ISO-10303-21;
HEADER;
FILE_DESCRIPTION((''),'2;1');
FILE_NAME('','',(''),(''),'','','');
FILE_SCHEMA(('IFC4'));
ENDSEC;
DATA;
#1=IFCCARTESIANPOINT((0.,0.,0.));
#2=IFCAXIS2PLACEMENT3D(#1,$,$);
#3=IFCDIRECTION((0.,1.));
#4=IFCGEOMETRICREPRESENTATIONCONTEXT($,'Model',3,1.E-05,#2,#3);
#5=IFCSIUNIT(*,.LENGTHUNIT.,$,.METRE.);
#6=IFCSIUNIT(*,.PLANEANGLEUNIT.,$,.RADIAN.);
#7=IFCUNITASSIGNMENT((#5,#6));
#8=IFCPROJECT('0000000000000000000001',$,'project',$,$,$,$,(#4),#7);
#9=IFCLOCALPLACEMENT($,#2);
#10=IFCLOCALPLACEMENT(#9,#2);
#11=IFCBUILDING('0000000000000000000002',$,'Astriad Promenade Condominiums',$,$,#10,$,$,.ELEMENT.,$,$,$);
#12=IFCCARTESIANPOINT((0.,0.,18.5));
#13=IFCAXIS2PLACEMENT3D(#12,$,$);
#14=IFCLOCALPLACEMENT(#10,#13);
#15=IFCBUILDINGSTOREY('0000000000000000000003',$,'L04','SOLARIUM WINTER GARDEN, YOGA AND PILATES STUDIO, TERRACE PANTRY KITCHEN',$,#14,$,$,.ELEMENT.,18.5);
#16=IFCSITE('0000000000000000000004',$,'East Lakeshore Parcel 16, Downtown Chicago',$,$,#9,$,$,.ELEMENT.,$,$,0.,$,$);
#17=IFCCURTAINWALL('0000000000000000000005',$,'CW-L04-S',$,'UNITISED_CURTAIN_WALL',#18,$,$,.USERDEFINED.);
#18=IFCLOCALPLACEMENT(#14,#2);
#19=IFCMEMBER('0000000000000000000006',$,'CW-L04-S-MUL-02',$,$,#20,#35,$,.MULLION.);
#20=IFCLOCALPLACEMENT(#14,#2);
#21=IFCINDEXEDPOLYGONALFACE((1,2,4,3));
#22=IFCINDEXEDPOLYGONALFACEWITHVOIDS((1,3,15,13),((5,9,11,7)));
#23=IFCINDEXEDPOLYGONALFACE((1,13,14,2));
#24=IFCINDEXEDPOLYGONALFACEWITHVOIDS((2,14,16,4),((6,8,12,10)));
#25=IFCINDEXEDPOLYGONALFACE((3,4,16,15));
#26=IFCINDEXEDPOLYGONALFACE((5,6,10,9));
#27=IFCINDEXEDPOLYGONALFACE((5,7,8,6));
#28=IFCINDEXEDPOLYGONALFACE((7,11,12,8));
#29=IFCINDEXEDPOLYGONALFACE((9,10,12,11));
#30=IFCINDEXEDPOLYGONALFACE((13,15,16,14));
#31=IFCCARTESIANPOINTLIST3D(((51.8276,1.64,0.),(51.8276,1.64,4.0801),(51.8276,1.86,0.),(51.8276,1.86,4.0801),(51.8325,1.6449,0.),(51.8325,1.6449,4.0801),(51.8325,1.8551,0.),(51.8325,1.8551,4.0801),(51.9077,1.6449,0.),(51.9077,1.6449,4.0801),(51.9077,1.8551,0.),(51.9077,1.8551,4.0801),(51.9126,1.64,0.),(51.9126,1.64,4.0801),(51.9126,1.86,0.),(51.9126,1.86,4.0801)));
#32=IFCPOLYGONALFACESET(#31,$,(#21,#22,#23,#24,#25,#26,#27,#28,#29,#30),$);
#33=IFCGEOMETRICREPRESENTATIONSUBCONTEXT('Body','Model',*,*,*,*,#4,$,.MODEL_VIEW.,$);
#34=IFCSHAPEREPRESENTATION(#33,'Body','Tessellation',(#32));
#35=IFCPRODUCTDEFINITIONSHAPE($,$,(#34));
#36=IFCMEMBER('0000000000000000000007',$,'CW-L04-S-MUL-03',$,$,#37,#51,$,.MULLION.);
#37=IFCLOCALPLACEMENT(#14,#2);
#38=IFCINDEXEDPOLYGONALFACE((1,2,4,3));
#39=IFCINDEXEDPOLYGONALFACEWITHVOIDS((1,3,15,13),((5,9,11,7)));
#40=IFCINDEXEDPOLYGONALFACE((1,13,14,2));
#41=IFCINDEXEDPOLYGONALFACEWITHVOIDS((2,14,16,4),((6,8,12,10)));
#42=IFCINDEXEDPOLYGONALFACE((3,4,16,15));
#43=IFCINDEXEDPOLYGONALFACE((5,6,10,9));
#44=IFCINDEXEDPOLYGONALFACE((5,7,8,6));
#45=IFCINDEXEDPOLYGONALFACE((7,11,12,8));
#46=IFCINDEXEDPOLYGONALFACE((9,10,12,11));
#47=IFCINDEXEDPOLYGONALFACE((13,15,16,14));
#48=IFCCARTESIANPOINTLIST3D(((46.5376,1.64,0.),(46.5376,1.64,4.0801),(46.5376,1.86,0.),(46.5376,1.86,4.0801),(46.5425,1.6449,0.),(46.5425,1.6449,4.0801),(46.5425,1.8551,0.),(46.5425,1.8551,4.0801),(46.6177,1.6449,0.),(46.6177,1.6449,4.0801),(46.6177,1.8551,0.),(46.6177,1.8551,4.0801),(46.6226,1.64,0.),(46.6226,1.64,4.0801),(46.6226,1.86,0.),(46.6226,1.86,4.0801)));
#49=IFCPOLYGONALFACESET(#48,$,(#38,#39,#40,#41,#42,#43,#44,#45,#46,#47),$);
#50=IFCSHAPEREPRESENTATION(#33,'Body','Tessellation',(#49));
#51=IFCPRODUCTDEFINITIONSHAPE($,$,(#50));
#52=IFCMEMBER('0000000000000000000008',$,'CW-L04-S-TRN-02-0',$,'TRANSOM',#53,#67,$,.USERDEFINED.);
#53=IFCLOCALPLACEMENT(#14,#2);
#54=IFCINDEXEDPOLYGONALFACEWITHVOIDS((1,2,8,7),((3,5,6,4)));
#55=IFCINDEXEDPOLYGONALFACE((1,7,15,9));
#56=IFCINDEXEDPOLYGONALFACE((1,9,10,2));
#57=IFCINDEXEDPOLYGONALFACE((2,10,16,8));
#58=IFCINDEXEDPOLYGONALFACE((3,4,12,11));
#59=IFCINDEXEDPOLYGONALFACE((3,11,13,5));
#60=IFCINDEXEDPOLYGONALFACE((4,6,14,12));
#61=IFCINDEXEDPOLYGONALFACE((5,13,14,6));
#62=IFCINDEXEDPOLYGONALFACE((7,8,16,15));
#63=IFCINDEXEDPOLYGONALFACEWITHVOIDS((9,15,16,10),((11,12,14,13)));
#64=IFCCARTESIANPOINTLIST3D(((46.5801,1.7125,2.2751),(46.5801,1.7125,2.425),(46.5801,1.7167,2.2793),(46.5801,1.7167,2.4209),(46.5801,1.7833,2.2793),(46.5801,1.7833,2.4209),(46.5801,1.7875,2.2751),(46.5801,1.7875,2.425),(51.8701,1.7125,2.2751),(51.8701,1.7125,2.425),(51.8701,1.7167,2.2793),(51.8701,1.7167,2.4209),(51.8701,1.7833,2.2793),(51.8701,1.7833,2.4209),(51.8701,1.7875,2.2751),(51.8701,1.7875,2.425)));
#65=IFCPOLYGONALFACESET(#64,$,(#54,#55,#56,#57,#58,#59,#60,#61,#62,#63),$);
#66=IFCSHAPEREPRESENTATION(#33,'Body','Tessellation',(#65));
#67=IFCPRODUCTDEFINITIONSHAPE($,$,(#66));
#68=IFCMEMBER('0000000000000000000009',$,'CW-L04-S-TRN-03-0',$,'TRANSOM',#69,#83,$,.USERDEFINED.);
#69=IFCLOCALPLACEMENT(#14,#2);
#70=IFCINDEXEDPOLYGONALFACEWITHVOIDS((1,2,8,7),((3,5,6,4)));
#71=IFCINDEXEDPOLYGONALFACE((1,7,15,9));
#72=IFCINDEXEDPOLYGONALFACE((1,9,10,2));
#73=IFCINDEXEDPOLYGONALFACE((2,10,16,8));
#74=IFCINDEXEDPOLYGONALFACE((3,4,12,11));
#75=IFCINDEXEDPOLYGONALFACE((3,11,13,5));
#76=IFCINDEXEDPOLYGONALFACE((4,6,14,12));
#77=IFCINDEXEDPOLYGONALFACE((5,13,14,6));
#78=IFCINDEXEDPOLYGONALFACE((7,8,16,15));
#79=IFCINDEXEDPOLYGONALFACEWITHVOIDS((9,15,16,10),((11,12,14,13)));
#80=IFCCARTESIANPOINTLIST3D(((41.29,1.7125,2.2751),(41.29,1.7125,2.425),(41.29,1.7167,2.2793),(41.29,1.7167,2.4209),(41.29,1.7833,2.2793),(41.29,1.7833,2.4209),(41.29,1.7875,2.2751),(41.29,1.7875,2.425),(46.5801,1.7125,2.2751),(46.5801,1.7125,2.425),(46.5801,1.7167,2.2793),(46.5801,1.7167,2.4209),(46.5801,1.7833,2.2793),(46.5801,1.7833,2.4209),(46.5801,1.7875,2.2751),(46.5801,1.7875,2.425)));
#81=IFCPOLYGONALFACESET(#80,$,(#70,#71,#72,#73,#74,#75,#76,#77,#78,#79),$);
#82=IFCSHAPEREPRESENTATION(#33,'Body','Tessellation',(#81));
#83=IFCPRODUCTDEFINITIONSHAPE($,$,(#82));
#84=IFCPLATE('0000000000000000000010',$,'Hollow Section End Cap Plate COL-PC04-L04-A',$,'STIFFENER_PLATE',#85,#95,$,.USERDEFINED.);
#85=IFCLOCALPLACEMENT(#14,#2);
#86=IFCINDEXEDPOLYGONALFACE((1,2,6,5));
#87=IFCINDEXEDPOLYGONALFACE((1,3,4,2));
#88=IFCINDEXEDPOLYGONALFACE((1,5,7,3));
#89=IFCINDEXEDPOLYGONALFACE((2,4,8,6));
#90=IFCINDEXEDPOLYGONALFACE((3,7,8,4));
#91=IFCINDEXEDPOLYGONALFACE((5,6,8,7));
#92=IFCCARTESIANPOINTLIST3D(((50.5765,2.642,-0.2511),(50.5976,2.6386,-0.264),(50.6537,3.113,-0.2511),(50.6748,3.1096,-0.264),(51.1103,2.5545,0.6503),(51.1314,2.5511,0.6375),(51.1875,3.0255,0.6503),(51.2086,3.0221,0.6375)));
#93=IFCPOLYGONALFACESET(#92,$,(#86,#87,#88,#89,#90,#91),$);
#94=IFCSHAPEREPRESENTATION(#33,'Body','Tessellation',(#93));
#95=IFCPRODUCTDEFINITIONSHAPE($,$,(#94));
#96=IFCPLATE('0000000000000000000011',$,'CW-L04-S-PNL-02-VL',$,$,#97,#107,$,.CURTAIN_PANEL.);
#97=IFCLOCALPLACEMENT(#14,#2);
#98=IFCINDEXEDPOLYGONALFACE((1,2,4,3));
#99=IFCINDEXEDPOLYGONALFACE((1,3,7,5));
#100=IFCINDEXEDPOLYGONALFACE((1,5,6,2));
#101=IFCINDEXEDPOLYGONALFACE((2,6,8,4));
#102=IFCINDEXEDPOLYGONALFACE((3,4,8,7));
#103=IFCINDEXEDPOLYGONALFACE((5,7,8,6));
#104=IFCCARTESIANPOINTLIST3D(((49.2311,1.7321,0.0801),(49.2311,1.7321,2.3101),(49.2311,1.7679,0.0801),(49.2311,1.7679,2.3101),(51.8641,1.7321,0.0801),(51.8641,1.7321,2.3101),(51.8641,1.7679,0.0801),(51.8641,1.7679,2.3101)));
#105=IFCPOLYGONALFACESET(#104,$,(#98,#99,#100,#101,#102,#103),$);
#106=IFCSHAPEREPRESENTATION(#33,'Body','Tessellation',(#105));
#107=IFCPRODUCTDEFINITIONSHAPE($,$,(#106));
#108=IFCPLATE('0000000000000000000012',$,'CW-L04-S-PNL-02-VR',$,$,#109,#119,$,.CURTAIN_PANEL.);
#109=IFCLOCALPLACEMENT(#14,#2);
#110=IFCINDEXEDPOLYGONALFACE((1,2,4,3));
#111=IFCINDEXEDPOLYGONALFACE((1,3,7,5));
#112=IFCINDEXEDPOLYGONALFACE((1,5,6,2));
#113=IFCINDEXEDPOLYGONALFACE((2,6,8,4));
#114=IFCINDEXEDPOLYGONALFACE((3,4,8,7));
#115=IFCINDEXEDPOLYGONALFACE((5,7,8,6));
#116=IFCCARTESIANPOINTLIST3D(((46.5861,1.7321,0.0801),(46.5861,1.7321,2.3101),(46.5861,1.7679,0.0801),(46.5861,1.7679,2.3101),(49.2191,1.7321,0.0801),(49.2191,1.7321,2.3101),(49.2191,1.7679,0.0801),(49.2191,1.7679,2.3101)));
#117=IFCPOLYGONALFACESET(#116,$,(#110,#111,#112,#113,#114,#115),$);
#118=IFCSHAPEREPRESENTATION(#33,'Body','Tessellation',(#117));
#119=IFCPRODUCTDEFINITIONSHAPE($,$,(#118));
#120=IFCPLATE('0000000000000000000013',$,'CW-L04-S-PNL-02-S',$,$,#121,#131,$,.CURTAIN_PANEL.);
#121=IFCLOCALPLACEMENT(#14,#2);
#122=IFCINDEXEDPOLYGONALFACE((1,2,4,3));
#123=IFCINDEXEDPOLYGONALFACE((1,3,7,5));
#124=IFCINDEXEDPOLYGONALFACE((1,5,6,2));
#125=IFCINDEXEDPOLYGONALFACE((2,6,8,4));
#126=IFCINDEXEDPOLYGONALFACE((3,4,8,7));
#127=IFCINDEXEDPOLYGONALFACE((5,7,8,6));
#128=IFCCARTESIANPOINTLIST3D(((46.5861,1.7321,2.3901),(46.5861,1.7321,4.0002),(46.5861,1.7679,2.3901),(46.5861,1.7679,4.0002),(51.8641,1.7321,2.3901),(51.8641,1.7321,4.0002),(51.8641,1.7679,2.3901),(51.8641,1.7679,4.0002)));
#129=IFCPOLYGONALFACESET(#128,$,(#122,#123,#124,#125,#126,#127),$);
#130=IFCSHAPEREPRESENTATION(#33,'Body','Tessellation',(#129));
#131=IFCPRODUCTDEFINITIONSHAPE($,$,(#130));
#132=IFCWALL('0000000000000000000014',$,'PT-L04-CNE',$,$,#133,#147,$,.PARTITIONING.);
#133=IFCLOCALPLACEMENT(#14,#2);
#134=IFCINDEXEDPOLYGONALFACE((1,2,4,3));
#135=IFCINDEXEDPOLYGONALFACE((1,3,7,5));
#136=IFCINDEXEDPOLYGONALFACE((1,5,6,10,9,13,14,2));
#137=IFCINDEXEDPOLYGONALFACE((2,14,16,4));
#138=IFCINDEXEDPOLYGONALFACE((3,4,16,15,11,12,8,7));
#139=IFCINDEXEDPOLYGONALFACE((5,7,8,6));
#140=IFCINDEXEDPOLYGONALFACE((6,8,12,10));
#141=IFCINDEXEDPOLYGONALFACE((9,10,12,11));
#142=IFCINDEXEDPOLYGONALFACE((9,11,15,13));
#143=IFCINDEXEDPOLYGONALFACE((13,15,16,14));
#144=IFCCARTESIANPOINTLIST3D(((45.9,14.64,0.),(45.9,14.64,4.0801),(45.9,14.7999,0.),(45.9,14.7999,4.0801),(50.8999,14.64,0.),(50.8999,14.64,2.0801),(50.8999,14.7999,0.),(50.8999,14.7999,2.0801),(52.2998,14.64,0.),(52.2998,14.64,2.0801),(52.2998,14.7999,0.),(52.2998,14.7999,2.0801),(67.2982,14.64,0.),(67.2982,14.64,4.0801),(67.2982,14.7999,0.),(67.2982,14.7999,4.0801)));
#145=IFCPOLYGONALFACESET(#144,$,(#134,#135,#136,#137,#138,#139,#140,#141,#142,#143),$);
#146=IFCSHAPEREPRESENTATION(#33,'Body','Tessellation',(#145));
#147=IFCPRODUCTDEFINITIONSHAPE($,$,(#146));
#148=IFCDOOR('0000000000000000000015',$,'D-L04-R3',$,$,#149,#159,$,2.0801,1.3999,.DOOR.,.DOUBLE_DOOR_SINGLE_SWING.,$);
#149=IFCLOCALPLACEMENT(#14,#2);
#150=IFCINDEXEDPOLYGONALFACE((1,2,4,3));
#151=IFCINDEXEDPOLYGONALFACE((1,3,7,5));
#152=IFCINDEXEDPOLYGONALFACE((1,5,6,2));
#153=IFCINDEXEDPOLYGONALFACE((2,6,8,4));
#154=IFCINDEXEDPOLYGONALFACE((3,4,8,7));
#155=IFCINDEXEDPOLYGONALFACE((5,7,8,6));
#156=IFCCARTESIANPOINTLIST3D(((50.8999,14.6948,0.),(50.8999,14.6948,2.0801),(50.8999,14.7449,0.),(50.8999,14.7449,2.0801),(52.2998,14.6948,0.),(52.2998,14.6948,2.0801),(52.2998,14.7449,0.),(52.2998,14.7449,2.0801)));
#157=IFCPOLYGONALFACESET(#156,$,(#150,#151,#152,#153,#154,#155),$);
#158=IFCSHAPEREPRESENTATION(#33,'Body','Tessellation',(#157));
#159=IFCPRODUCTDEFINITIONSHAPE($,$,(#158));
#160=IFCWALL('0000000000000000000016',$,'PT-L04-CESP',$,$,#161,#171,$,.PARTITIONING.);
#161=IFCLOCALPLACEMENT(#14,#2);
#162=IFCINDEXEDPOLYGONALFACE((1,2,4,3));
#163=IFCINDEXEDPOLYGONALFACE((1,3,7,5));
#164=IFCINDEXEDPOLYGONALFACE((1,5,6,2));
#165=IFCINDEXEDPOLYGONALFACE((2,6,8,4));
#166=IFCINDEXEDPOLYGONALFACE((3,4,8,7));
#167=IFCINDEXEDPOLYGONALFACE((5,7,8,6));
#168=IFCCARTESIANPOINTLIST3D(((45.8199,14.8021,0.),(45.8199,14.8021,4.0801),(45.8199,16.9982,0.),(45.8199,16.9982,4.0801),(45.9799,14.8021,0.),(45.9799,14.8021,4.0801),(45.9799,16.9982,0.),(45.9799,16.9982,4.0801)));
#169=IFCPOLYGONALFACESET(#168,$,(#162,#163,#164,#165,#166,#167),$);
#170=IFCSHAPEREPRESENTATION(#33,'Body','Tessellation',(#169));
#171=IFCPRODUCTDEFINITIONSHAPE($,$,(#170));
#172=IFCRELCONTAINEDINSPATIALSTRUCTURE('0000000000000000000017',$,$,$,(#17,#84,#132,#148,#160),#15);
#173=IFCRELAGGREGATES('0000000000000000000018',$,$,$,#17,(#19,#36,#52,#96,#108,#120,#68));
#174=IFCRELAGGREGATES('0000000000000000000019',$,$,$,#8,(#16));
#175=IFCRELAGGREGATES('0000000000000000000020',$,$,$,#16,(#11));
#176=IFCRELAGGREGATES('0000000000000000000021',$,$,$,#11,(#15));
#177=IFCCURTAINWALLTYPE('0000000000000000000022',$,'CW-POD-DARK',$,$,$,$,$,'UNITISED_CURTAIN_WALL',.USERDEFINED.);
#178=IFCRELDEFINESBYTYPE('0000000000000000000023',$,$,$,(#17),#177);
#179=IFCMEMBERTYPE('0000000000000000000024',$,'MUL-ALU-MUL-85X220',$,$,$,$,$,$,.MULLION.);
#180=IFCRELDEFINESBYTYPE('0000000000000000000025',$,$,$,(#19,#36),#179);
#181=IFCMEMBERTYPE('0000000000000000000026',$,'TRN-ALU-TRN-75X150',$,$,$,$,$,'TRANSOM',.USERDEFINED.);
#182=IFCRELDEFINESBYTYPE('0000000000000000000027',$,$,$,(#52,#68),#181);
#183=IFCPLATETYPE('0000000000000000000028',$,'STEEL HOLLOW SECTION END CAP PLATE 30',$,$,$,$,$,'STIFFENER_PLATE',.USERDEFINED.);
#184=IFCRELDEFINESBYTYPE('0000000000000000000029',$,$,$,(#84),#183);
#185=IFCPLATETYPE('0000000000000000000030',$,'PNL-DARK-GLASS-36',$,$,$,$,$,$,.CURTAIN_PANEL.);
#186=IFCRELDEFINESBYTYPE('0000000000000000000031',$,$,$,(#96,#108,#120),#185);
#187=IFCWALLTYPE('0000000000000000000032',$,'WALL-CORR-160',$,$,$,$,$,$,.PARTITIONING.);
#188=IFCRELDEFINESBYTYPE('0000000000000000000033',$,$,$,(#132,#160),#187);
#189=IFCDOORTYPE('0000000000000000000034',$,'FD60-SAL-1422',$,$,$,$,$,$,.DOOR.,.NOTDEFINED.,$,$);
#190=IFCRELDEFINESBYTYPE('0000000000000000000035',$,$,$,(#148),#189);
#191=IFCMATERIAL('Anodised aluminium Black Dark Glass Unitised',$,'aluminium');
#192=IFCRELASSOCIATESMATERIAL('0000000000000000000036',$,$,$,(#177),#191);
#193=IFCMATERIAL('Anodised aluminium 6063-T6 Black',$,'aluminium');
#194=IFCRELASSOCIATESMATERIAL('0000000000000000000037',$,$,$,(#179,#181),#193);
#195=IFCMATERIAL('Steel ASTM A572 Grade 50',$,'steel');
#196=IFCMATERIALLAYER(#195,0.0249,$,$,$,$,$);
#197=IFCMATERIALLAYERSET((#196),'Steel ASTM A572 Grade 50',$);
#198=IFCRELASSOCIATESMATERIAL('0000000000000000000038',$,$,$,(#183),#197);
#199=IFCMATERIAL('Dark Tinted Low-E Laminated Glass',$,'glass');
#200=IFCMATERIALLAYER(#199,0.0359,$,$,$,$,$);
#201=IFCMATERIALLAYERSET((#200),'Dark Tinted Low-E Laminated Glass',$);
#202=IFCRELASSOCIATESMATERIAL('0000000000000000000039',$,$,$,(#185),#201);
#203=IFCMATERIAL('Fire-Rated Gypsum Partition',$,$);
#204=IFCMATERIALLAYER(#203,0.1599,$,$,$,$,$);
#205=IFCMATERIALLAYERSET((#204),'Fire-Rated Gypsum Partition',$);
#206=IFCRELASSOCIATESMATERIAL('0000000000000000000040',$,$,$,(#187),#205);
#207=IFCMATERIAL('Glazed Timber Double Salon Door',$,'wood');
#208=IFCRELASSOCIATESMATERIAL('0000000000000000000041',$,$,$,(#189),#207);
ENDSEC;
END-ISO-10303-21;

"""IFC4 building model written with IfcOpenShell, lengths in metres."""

from ifc_helpers import new_model, si_unit, direction, frame, frame_2d, origin, origin_2d, place, context, subcontext, project, spatial, rectangle, hollow_rectangle, extrude, source, transform, mapped, material, layer, layer_set, material_profile, profile_set, type_object, type_shapes, element, fill, aggregate, save


model = new_model("IFC4")

# Units and contexts
model_context = context("Model", 3, precision=1e-05, world=origin(), true_north=direction((0.0, 1.0)))
body_context = subcontext(model_context, "Body", "Model", "MODEL_VIEW")
ifc_project = project(units=[si_unit("LENGTHUNIT", "METRE"), si_unit("PLANEANGLEUNIT", "RADIAN")], contexts=[model_context])

# Site, building, storey
site_placement = place(None, origin())
site = spatial("IfcSite", under=ifc_project, at=site_placement, Name="East Lakeshore Parcel 16, Downtown Chicago", CompositionType="ELEMENT", RefElevation=0.0)
building_placement = place(site_placement, origin())
building = spatial("IfcBuilding", under=site, at=building_placement, Name="Astriad Promenade Condominiums", CompositionType="ELEMENT")
storey_placement = place(building_placement, frame((0.0, 0.0, 18.5)))
storey = spatial("IfcBuildingStorey", under=building, at=storey_placement, Name="L04", Description="SOLARIUM WINTER GARDEN, YOGA AND PILATES STUDIO, TERRACE PANTRY KITCHEN", CompositionType="ELEMENT", Elevation=18.5)

# Curtain wall, members
ifc_material_1 = material(Name="Anodised aluminium Black Dark Glass Unitised", Category="aluminium")
curtain_wall_type = type_object("IfcCurtainWallType", Name="CW-POD-DARK", ElementType="UNITISED_CURTAIN_WALL", PredefinedType="USERDEFINED", material=ifc_material_1)
curtain_wall_placement = place(storey_placement, origin())
curtain_wall = element("IfcCurtainWall", 1, at=curtain_wall_placement, inside=storey, type_object=curtain_wall_type, Name="CW-L04-S", ObjectType="UNITISED_CURTAIN_WALL", PredefinedType="USERDEFINED")
ifc_material_2 = material(Name="Anodised aluminium 6063-T6 Black", Category="aluminium")
ifc_material_profile_1 = material_profile(ifc_material_2, hollow_rectangle(XDim=0.085, YDim=0.22, WallThickness=0.0049, at=origin_2d()), Name="ALU-MUL-85X220")
ifc_profile_set_1 = profile_set([ifc_material_profile_1], Name="Anodised aluminium 6063-T6 Black")
member_type_1 = type_object("IfcMemberType", Name="MUL-ALU-MUL-85X220", PredefinedType="MULLION", material=ifc_profile_set_1)
shared_shape_1 = source(origin(), body_context, "Body", "SweptSolid", [
    extrude(hollow_rectangle(XDim=0.085, YDim=0.22, WallThickness=0.0049, at=origin_2d()), origin(), (0.0, 0.0, 1.0), 4.0801),
])
type_shapes(member_type_1, [shared_shape_1])
member_1_placement = place(storey_placement, frame((51.8701, 1.75, 0.0), z_axis=(0.0, 0.0, 1.0), x_axis=(1.0, 0.0, 0.0)))
member_1 = element("IfcMember", 2, at=member_1_placement, type_object=member_type_1, Name="CW-L04-S-MUL-02", PredefinedType="MULLION", context=body_context, shape_type="MappedRepresentation", body=[
    mapped(shared_shape_1, transform((0.0, 0.0, 0.0), scale=1.0)),
])
member_2_placement = place(storey_placement, frame((46.5801, 1.75, 0.0), z_axis=(0.0, 0.0, 1.0), x_axis=(1.0, 0.0, 0.0)))
member_2 = element("IfcMember", 3, at=member_2_placement, type_object=member_type_1, Name="CW-L04-S-MUL-03", PredefinedType="MULLION", context=body_context, shape_type="MappedRepresentation", body=[
    mapped(shared_shape_1, transform((0.0, 0.0, 0.0), scale=1.0)),
])
ifc_material_profile_2 = material_profile(ifc_material_2, hollow_rectangle(XDim=0.075, YDim=0.1499, WallThickness=0.0042, at=origin_2d()), Name="ALU-TRN-75X150")
ifc_profile_set_2 = profile_set([ifc_material_profile_2], Name="Anodised aluminium 6063-T6 Black")
member_type_2 = type_object("IfcMemberType", Name="TRN-ALU-TRN-75X150", ElementType="TRANSOM", PredefinedType="USERDEFINED", material=ifc_profile_set_2)
shared_shape_2 = source(origin(), body_context, "Body", "SweptSolid", [
    extrude(hollow_rectangle(XDim=0.075, YDim=0.1499, WallThickness=0.0042, at=origin_2d()), origin(), (0.0, 0.0, 1.0), 5.29),
])
type_shapes(member_type_2, [shared_shape_2])
member_3_placement = place(storey_placement, frame((51.8701, 1.75, 2.3501), z_axis=(-1.0, 0.0, 0.0), x_axis=(0.0, -1.0, 0.0)))
member_3 = element("IfcMember", 4, at=member_3_placement, type_object=member_type_2, Name="CW-L04-S-TRN-02-0", ObjectType="TRANSOM", PredefinedType="USERDEFINED", context=body_context, shape_type="MappedRepresentation", body=[
    mapped(shared_shape_2, transform((0.0, 0.0, 0.0), scale=1.0)),
])
member_4_placement = place(storey_placement, frame((46.5801, 1.75, 2.3501), z_axis=(-1.0, 0.0, 0.0), x_axis=(0.0, -1.0, 0.0)))
member_4 = element("IfcMember", 5, at=member_4_placement, type_object=member_type_2, Name="CW-L04-S-TRN-03-0", ObjectType="TRANSOM", PredefinedType="USERDEFINED", context=body_context, shape_type="MappedRepresentation", body=[
    mapped(shared_shape_2, transform((0.0, 0.0, 0.0), scale=1.0)),
])

# Plates
ifc_material_3 = material(Name="Steel ASTM A572 Grade 50", Category="steel")
ifc_layer_1 = layer(ifc_material_3, 0.0249)
ifc_layer_set_1 = layer_set([ifc_layer_1], Name="Steel ASTM A572 Grade 50")
plate_type_1 = type_object("IfcPlateType", Name="STEEL HOLLOW SECTION END CAP PLATE 30", ElementType="STIFFENER_PLATE", PredefinedType="USERDEFINED", material=ifc_layer_set_1)
shared_shape_3 = source(origin(), body_context, "Body", "SweptSolid", [
    extrude(rectangle(XDim=0.4773, YDim=1.0513, at=origin_2d()), origin(), (0.0, 0.0, 1.0), 0.0249),
])
type_shapes(plate_type_1, [shared_shape_3])
plate_1_placement = place(storey_placement, frame((50.9031, 2.8303, 0.1868), z_axis=(-0.846184, 0.138715, 0.51452), x_axis=(-0.161771, -0.986828, 0.0)))
element("IfcPlate", 6, at=plate_1_placement, inside=storey, type_object=plate_type_1, Name="Hollow Section End Cap Plate COL-PC04-L04-A", ObjectType="STIFFENER_PLATE", PredefinedType="USERDEFINED", context=body_context, shape_type="MappedRepresentation", body=[
    mapped(shared_shape_3, transform((0.0, 0.0, 0.0), scale=1.0)),
])
ifc_material_4 = material(Name="Dark Tinted Low-E Laminated Glass", Category="glass")
ifc_layer_2 = layer(ifc_material_4, 0.0359)
ifc_layer_set_2 = layer_set([ifc_layer_2], Name="Dark Tinted Low-E Laminated Glass")
plate_type_2 = type_object("IfcPlateType", Name="PNL-DARK-GLASS-36", PredefinedType="CURTAIN_PANEL", material=ifc_layer_set_2)
shared_shape_4 = source(origin(), body_context, "Body", "SweptSolid", [
    extrude(rectangle(XDim=2.6331, YDim=0.0359, at=origin_2d()), origin(), (0.0, 0.0, 1.0), 2.23),
])
plate_2_placement = place(storey_placement, frame((50.5476, 1.75, 0.0801), z_axis=(0.0, 0.0, 1.0), x_axis=(-1.0, 0.0, 0.0)))
plate_2 = element("IfcPlate", 7, at=plate_2_placement, type_object=plate_type_2, Name="CW-L04-S-PNL-02-VL", PredefinedType="CURTAIN_PANEL", context=body_context, shape_type="MappedRepresentation", body=[
    mapped(shared_shape_4, transform((0.0, 0.0, 0.0), scale=1.0)),
])
plate_3_placement = place(storey_placement, frame((47.9026, 1.75, 0.0801), z_axis=(0.0, 0.0, 1.0), x_axis=(-1.0, 0.0, 0.0)))
plate_3 = element("IfcPlate", 8, at=plate_3_placement, type_object=plate_type_2, Name="CW-L04-S-PNL-02-VR", PredefinedType="CURTAIN_PANEL", context=body_context, shape_type="MappedRepresentation", body=[
    mapped(shared_shape_4, transform((0.0, 0.0, 0.0), scale=1.0)),
])
shared_shape_5 = source(origin(), body_context, "Body", "SweptSolid", [
    extrude(rectangle(XDim=5.2781, YDim=0.0359, at=origin_2d()), origin(), (0.0, 0.0, 1.0), 1.6101),
])
type_shapes(plate_type_2, [shared_shape_4, shared_shape_5])
plate_4_placement = place(storey_placement, frame((49.2251, 1.75, 2.3901), z_axis=(0.0, 0.0, 1.0), x_axis=(-1.0, 0.0, 0.0)))
plate_4 = element("IfcPlate", 9, at=plate_4_placement, type_object=plate_type_2, Name="CW-L04-S-PNL-02-S", PredefinedType="CURTAIN_PANEL", context=body_context, shape_type="MappedRepresentation", body=[
    mapped(shared_shape_5, transform((0.0, 0.0, 0.0), scale=1.0)),
])
aggregate(curtain_wall, [member_1, member_2, member_3, plate_2, plate_3, plate_4, member_4])

# Wall, opening, door
ifc_material_5 = material(Name="Fire-Rated Gypsum Partition")
ifc_layer_3 = layer(ifc_material_5, 0.1599)
ifc_layer_set_3 = layer_set([ifc_layer_3], Name="Fire-Rated Gypsum Partition")
wall_type_1 = type_object("IfcWallType", Name="WALL-CORR-160", PredefinedType="PARTITIONING", material=ifc_layer_set_3)
wall_1_placement = place(storey_placement, frame((45.8999, 14.72, 0.0), z_axis=(0.0, 0.0, 1.0), x_axis=(1.0, 0.0, 0.0)))
wall_1 = element("IfcWall", 10, at=wall_1_placement, inside=storey, type_object=wall_type_1, Name="PT-L04-CNE", PredefinedType="PARTITIONING", context=body_context, shape_type="SweptSolid", body=[
    extrude(rectangle(XDim=21.3982, YDim=0.1599, at=frame_2d((10.6992, 0.0))), origin(), (0.0, 0.0, 1.0), 4.0801),
])
opening_placement = place(wall_1_placement, frame((5.0, 0.0, 0.0)))
opening = element("IfcOpeningElement", 11, at=opening_placement, cuts=wall_1, PredefinedType="OPENING", context=body_context, shape_type="SweptSolid", body=[
    extrude(rectangle(XDim=1.3999, YDim=2.0801, at=frame_2d((0.7, 1.04))), frame((0.0, 0.0898, 0.0), z_axis=(0.0, -1.0, 0.0), x_axis=(1.0, 0.0, 0.0)), (0.0, 0.0, 1.0), 0.1799),
])
ifc_material_6 = material(Name="Glazed Timber Double Salon Door", Category="wood")
door_type = type_object("IfcDoorType", Name="FD60-SAL-1422", OperationType="NOTDEFINED", PredefinedType="DOOR", material=ifc_material_6)
shared_shape_6 = source(origin(), body_context, "Body", "SweptSolid", [
    extrude(rectangle(XDim=1.3999, YDim=2.0801, at=frame_2d((0.7, 1.04))), frame((0.0, 0.0249, 0.0), z_axis=(0.0, -1.0, 0.0), x_axis=(1.0, 0.0, 0.0)), (0.0, 0.0, 1.0), 0.05),
])
type_shapes(door_type, [shared_shape_6])
door_placement = place(opening_placement, origin())
door = element("IfcDoor", 12, at=door_placement, inside=storey, type_object=door_type, Name="D-L04-R3", OperationType="DOUBLE_DOOR_SINGLE_SWING", OverallHeight=2.0801, OverallWidth=1.3999, PredefinedType="DOOR", context=body_context, shape_type="MappedRepresentation", body=[
    mapped(shared_shape_6, transform((0.0, 0.0, 0.0), scale=1.0)),
])
fill(opening, door)

# Wall
wall_2_placement = place(storey_placement, frame((45.8999, 14.802, 0.0), z_axis=(0.0, 0.0, 1.0), x_axis=(0.0, 1.0, 0.0)))
element("IfcWall", 13, at=wall_2_placement, inside=storey, type_object=wall_type_1, Name="PT-L04-CESP", PredefinedType="PARTITIONING", context=body_context, shape_type="SweptSolid", body=[
    extrude(rectangle(XDim=2.196, YDim=0.1599, at=frame_2d((1.0981, 0.0))), origin(), (0.0, 0.0, 1.0), 4.0801),
])

save(model, "model.ifc")
